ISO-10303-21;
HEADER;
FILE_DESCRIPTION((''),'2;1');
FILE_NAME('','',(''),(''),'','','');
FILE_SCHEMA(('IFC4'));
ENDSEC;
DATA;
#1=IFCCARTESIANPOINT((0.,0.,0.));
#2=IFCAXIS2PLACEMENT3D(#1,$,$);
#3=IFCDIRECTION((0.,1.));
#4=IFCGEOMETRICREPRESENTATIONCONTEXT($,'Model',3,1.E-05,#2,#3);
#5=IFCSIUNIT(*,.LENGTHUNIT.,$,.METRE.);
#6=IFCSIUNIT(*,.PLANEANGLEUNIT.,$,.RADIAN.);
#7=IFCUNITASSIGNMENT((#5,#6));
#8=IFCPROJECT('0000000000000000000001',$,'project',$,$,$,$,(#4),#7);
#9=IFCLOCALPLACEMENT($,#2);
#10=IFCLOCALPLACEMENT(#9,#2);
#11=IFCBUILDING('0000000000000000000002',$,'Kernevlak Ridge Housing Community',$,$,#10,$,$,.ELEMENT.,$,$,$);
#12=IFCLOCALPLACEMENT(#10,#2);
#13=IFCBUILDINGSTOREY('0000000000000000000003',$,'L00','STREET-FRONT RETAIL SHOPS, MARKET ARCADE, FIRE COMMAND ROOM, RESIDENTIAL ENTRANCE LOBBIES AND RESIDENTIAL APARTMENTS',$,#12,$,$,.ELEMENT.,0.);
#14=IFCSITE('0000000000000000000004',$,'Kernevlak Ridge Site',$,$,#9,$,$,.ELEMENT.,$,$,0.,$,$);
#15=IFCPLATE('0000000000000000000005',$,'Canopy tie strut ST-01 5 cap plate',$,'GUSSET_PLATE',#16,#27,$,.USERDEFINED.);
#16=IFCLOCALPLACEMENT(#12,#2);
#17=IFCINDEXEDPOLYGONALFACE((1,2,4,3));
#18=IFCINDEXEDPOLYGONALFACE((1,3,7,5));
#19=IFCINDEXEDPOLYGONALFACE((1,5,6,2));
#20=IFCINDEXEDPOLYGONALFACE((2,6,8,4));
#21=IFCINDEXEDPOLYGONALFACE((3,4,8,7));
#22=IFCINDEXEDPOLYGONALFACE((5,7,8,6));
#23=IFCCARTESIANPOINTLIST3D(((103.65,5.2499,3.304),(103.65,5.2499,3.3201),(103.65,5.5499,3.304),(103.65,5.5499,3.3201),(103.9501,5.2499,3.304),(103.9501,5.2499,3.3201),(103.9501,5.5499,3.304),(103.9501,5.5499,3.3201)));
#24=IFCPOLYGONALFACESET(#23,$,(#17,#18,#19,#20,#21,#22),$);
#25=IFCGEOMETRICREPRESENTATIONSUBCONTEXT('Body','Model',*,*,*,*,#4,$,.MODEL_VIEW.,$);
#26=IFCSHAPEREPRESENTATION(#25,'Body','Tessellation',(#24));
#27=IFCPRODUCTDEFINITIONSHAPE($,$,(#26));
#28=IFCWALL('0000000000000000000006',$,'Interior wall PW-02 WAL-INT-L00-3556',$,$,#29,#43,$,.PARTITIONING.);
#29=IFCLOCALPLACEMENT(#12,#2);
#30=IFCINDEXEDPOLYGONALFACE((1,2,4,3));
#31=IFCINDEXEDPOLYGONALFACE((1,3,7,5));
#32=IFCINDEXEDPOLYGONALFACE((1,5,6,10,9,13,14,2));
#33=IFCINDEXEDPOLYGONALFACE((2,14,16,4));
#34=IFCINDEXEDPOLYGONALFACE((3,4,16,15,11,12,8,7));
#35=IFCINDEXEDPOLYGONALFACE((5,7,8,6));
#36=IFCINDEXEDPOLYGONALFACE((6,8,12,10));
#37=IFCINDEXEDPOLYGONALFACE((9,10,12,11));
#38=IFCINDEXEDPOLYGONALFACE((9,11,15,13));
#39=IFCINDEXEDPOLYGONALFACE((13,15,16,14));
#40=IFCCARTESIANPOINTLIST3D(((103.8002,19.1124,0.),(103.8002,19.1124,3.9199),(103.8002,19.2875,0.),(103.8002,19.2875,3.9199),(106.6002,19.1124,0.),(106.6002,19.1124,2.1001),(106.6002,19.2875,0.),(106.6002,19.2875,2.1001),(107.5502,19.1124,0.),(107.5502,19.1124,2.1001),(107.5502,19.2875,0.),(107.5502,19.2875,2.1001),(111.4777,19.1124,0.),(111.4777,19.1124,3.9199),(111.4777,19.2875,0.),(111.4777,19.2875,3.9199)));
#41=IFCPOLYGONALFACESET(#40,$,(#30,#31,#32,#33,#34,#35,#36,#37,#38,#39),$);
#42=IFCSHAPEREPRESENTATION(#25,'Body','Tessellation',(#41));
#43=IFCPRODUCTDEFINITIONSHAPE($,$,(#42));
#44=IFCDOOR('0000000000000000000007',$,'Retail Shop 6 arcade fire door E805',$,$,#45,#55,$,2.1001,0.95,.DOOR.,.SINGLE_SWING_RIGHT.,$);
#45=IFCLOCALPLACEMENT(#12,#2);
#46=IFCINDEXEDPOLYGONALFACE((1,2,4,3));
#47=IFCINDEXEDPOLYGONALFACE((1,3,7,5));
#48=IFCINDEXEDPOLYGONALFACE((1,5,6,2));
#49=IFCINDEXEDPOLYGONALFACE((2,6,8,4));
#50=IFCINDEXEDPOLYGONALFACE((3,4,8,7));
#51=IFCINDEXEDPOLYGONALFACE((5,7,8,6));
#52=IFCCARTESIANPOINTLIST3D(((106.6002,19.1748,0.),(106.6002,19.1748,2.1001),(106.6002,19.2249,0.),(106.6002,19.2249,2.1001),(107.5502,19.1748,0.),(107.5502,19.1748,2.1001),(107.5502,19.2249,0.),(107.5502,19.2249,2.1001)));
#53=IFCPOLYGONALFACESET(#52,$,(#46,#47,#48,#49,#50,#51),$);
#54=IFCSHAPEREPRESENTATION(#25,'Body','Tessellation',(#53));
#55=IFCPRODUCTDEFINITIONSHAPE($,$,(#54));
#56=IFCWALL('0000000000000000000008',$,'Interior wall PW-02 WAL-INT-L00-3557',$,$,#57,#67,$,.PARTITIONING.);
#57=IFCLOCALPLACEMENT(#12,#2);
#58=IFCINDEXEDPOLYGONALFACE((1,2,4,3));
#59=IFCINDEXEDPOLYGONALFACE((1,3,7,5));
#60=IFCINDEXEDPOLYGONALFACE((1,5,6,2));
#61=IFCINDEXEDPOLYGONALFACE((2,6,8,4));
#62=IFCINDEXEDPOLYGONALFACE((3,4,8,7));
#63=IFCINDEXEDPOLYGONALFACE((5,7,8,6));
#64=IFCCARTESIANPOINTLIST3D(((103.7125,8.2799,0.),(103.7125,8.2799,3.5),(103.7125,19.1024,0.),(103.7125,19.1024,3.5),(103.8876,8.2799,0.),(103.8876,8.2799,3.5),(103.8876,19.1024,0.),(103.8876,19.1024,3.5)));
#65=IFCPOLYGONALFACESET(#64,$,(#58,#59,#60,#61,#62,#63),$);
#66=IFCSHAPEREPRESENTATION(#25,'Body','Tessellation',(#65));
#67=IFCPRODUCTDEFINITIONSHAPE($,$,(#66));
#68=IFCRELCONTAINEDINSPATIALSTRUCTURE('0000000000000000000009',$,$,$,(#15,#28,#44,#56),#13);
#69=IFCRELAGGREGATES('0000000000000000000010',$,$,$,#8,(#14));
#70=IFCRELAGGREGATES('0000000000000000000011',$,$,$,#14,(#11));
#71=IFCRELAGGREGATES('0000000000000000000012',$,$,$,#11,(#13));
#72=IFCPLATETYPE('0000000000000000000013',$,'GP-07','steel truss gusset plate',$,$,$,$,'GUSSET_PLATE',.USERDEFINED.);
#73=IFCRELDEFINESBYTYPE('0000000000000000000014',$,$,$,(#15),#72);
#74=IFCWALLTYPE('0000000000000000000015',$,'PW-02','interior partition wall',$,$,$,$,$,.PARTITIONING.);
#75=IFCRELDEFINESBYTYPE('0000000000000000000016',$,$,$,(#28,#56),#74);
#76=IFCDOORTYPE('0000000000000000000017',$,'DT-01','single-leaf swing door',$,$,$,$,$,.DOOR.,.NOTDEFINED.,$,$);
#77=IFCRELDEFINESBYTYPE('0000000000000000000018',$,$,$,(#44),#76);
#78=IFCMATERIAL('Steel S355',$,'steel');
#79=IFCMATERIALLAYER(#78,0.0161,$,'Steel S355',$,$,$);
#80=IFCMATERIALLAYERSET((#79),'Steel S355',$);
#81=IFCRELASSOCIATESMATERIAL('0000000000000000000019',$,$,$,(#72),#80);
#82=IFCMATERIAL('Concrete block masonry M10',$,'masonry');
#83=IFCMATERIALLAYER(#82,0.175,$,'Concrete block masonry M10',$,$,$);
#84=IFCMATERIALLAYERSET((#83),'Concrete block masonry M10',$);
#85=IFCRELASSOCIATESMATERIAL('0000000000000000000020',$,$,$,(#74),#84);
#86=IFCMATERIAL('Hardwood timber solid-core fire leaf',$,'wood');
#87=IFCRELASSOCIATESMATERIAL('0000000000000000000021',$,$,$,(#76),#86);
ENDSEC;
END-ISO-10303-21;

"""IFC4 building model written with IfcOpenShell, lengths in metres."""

from ifc_helpers import new_model, si_unit, direction, frame, frame_2d, origin, origin_2d, place, context, subcontext, project, spatial, rectangle, extrude, material, layer, layer_set, type_object, element, fill, save


model = new_model("IFC4")

# Units and contexts
model_context = context("Model", 3, precision=1e-05, world=origin(), true_north=direction((0.0, 1.0)))
body_context = subcontext(model_context, "Body", "Model", "MODEL_VIEW")
ifc_project = project(units=[si_unit("LENGTHUNIT", "METRE"), si_unit("PLANEANGLEUNIT", "RADIAN")], contexts=[model_context])

# Site, building, storey
site_placement = place(None, origin())
site = spatial("IfcSite", under=ifc_project, at=site_placement, Name="Kernevlak Ridge Site", CompositionType="ELEMENT", RefElevation=0.0)
building_placement = place(site_placement, origin())
building = spatial("IfcBuilding", under=site, at=building_placement, Name="Kernevlak Ridge Housing Community", CompositionType="ELEMENT")
storey_placement = place(building_placement, origin())
storey = spatial("IfcBuildingStorey", under=building, at=storey_placement, Name="L00", Description="STREET-FRONT RETAIL SHOPS, MARKET ARCADE, FIRE COMMAND ROOM, RESIDENTIAL ENTRANCE LOBBIES AND RESIDENTIAL APARTMENTS", CompositionType="ELEMENT", Elevation=0.0)

# Shared definitions
ifc_material_1 = material(Name="Steel S355", Category="steel")

# Plate
ifc_layer_1 = layer(ifc_material_1, 0.0161, Name="Steel S355")
ifc_layer_set_1 = layer_set([ifc_layer_1], Name="Steel S355")
plate_type_1 = type_object("IfcPlateType", Name="GP-07", Description="steel truss gusset plate", ElementType="GUSSET_PLATE", PredefinedType="USERDEFINED", material=ifc_layer_set_1)
plate_1_placement = place(storey_placement, frame((103.8, 5.3999, 3.304), z_axis=(0.0, 0.0, 1.0), x_axis=(1.0, 0.0, 0.0)))
element("IfcPlate", 1, at=plate_1_placement, inside=storey, type_object=plate_type_1, Name="Canopy tie strut ST-01 5 cap plate", ObjectType="GUSSET_PLATE", PredefinedType="USERDEFINED", context=body_context, shape_type="SweptSolid", body=[
    extrude(rectangle(XDim=0.3, YDim=0.3, at=origin_2d()), origin(), (0.0, 0.0, 1.0), 0.0161),
])

# Wall, opening, door
ifc_material_2 = material(Name="Concrete block masonry M10", Category="masonry")
ifc_layer_2 = layer(ifc_material_2, 0.175, Name="Concrete block masonry M10")
ifc_layer_set_2 = layer_set([ifc_layer_2], Name="Concrete block masonry M10")
wall_type_1 = type_object("IfcWallType", Name="PW-02", Description="interior partition wall", PredefinedType="PARTITIONING", material=ifc_layer_set_2)
wall_1_placement = place(storey_placement, frame((103.8, 19.2, 0.0), z_axis=(0.0, 0.0, 1.0), x_axis=(1.0, 0.0, 0.0)))
wall_1 = element("IfcWall", 2, at=wall_1_placement, inside=storey, type_object=wall_type_1, Name="Interior wall PW-02 WAL-INT-L00-3556", PredefinedType="PARTITIONING", context=body_context, shape_type="SweptSolid", body=[
    extrude(rectangle(XDim=7.6775, YDim=0.175, at=frame_2d((3.8389, 0.0))), origin(), (0.0, 0.0, 1.0), 3.9199),
])
opening_1_placement = place(wall_1_placement, frame((2.8, 0.0, 0.0)))
opening_1 = element("IfcOpeningElement", 3, at=opening_1_placement, cuts=wall_1, PredefinedType="OPENING", context=body_context, shape_type="SweptSolid", body=[
    extrude(rectangle(XDim=0.95, YDim=2.1001, at=frame_2d((0.4751, 1.05))), frame((0.0, 0.0974, 0.0), z_axis=(0.0, -1.0, 0.0), x_axis=(1.0, 0.0, 0.0)), (0.0, 0.0, 1.0), 0.1951),
])
ifc_material_3 = material(Name="Hardwood timber solid-core fire leaf", Category="wood")
door_type_1 = type_object("IfcDoorType", Name="DT-01", Description="single-leaf swing door", OperationType="NOTDEFINED", PredefinedType="DOOR", material=ifc_material_3)
door_1_placement = place(opening_1_placement, origin())
door_1 = element("IfcDoor", 4, at=door_1_placement, inside=storey, type_object=door_type_1, Name="Retail Shop 6 arcade fire door E805", OperationType="SINGLE_SWING_RIGHT", OverallHeight=2.1001, OverallWidth=0.95, PredefinedType="DOOR", context=body_context, shape_type="SweptSolid", body=[
    extrude(rectangle(XDim=0.95, YDim=2.1001, at=frame_2d((0.4751, 1.05))), frame((0.0, 0.0249, 0.0), z_axis=(0.0, -1.0, 0.0), x_axis=(1.0, 0.0, 0.0)), (0.0, 0.0, 1.0), 0.05),
])
fill(opening_1, door_1)

# Wall
wall_2_placement = place(storey_placement, frame((103.8, 8.28, 0.0), z_axis=(0.0, 0.0, 1.0), x_axis=(0.0, 1.0, 0.0)))
element("IfcWall", 5, at=wall_2_placement, inside=storey, type_object=wall_type_1, Name="Interior wall PW-02 WAL-INT-L00-3557", PredefinedType="PARTITIONING", context=body_context, shape_type="SweptSolid", body=[
    extrude(rectangle(XDim=10.8225, YDim=0.175, at=frame_2d((5.4111, 0.0))), origin(), (0.0, 0.0, 1.0), 3.5),
])

save(model, "model.ifc")
